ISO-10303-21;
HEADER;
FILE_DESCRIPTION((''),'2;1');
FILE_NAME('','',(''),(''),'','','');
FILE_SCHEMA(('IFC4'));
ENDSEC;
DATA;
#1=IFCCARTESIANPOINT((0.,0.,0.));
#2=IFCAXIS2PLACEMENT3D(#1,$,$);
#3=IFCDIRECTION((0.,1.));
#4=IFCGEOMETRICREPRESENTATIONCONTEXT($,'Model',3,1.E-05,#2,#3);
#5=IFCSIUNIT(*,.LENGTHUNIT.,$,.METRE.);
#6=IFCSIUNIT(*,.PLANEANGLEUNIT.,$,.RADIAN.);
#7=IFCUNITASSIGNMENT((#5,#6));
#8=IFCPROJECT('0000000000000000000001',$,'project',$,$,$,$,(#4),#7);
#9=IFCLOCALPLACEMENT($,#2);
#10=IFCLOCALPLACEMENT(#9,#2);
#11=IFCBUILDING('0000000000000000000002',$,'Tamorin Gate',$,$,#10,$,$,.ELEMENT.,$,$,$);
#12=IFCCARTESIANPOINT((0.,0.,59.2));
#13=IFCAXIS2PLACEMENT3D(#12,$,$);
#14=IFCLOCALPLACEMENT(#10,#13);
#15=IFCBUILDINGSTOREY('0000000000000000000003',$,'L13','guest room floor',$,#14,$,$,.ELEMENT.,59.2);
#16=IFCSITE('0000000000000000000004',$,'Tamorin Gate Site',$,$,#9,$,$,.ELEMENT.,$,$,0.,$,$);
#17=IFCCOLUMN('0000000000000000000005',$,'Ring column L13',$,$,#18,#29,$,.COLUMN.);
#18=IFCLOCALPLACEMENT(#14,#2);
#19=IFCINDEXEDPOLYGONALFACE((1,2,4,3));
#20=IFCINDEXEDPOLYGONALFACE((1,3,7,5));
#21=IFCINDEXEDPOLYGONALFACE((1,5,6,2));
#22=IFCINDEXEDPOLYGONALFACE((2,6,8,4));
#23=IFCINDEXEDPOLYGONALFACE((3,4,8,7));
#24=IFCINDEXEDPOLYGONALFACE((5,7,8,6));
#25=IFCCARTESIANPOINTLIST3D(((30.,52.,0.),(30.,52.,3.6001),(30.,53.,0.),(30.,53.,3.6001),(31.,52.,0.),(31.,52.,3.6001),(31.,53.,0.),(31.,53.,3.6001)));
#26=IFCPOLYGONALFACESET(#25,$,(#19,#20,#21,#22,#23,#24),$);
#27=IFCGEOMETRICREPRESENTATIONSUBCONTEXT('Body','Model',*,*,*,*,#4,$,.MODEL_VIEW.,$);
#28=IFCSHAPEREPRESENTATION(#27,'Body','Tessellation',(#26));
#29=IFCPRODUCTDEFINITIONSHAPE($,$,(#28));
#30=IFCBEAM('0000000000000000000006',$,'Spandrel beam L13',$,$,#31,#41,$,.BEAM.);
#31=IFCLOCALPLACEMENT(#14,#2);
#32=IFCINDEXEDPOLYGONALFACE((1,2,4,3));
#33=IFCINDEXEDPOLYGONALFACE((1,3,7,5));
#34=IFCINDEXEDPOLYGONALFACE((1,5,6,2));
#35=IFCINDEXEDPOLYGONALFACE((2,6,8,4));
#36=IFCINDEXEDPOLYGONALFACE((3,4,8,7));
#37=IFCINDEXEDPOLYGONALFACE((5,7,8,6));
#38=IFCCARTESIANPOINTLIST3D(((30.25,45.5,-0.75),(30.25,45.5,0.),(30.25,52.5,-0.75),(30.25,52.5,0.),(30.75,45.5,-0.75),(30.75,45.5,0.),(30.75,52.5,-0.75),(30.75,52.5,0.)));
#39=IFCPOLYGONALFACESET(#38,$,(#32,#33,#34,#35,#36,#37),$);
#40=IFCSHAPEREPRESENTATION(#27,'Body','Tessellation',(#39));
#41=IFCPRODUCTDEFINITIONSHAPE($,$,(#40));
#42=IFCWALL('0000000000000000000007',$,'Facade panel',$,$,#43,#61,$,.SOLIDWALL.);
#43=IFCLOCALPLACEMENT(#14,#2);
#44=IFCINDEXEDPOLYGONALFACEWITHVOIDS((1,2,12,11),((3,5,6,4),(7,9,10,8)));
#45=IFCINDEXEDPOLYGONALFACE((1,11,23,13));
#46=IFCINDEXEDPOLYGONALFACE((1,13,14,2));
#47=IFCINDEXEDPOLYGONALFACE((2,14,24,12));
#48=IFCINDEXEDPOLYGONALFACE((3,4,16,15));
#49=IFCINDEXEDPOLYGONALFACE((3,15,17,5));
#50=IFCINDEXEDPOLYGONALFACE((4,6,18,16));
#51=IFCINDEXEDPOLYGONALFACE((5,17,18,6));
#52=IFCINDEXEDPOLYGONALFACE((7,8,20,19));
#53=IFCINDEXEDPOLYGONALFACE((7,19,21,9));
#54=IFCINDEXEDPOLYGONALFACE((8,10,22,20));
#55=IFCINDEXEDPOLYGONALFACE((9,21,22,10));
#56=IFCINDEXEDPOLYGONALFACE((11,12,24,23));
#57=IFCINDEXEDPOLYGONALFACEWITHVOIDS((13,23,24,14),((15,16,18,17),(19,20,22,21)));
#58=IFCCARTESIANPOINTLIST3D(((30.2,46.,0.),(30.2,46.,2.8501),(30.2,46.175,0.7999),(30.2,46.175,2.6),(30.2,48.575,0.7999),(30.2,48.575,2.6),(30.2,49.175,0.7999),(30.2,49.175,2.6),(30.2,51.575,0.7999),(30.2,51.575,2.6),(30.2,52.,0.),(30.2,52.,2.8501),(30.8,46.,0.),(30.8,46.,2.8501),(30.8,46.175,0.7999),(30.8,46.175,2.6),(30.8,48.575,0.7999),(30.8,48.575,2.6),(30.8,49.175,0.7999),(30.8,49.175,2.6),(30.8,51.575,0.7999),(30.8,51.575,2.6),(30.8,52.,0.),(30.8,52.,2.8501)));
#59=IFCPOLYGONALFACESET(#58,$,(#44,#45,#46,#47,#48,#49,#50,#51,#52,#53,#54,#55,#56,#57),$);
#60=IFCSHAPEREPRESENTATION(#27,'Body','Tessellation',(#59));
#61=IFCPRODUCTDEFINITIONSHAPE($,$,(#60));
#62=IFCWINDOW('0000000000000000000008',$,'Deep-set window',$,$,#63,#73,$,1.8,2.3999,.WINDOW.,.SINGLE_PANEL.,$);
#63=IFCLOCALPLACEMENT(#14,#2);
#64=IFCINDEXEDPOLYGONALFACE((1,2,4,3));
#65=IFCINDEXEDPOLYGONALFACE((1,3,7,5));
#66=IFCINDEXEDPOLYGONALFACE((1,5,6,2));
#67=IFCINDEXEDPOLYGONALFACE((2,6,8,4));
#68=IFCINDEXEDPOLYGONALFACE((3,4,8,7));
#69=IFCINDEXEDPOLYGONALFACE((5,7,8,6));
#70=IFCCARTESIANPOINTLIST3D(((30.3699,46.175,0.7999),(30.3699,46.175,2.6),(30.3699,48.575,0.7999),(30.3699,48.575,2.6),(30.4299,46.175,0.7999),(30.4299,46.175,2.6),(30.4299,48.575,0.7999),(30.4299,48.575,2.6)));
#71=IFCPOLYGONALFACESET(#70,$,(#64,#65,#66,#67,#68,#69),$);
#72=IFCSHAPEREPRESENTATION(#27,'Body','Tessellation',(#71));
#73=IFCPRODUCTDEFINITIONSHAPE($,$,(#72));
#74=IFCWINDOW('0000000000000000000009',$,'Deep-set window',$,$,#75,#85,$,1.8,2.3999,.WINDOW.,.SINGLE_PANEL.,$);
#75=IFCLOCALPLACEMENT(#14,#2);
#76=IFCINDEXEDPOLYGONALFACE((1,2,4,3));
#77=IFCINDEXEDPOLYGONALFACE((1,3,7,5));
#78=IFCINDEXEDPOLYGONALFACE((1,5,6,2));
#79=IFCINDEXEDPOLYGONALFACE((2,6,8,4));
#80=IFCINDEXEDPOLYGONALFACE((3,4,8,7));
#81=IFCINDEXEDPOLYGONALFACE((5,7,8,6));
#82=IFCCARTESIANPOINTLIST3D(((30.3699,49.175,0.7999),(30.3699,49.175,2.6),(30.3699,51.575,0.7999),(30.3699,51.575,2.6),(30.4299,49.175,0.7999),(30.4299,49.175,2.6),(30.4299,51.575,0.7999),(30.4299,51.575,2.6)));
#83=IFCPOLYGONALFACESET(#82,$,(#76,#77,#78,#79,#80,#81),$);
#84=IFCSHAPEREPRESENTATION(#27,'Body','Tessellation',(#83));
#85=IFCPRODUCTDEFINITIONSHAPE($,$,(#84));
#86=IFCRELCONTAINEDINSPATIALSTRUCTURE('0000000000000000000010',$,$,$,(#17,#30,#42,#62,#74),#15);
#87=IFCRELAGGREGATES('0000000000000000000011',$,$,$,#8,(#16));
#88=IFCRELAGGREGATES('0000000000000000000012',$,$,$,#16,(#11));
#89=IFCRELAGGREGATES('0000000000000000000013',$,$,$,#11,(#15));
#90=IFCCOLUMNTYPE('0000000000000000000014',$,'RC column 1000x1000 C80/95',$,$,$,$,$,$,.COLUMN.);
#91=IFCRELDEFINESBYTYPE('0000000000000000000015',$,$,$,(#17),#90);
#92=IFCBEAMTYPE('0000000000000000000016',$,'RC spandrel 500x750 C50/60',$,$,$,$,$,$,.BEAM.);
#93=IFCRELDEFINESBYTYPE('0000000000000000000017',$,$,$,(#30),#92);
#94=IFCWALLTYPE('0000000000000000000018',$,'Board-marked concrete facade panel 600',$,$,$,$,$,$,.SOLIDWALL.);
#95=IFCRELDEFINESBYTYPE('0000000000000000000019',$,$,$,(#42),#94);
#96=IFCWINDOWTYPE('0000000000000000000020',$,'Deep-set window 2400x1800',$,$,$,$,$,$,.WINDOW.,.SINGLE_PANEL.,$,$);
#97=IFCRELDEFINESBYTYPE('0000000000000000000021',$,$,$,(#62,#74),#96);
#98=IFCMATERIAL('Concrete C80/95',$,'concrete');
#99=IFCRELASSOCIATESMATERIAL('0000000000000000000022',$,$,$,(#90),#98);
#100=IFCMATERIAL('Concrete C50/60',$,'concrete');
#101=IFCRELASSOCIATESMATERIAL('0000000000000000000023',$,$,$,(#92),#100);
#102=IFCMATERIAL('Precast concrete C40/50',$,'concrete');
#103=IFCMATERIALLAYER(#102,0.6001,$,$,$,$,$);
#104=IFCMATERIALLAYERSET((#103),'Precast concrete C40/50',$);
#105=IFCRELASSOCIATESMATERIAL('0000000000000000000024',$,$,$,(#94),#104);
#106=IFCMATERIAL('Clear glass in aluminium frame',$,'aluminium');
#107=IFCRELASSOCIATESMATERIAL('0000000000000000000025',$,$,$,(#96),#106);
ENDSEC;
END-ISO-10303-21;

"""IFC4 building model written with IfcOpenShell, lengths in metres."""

from ifc_helpers import new_model, si_unit, direction, frame, frame_2d, origin, origin_2d, place, context, subcontext, project, spatial, rectangle, extrude, material, layer, layer_set, material_profile, profile_set, type_object, element, fill, save


model = new_model("IFC4")

# Units and contexts
model_context = context("Model", 3, precision=1e-05, world=origin(), true_north=direction((0.0, 1.0)))
body_context = subcontext(model_context, "Body", "Model", "MODEL_VIEW")
ifc_project = project(units=[si_unit("LENGTHUNIT", "METRE"), si_unit("PLANEANGLEUNIT", "RADIAN")], contexts=[model_context])

# Site, building, storey
site_placement = place(None, origin())
site = spatial("IfcSite", under=ifc_project, at=site_placement, Name="Tamorin Gate Site", CompositionType="ELEMENT", RefElevation=0.0)
building_placement = place(site_placement, origin())
building = spatial("IfcBuilding", under=site, at=building_placement, Name="Tamorin Gate", CompositionType="ELEMENT")
storey_placement = place(building_placement, frame((0.0, 0.0, 59.2)))
storey = spatial("IfcBuildingStorey", under=building, at=storey_placement, Name="L13", Description="guest room floor", CompositionType="ELEMENT", Elevation=59.2)

# Column
ifc_material_1 = material(Name="Concrete C80/95", Category="concrete")
ifc_material_profile_1 = material_profile(ifc_material_1, rectangle(XDim=1.0, YDim=1.0, at=origin_2d()), Name="RC 1000x1000")
ifc_profile_set_1 = profile_set([ifc_material_profile_1], Name="Concrete C80/95")
column_type = type_object("IfcColumnType", Name="RC column 1000x1000 C80/95", PredefinedType="COLUMN", material=ifc_profile_set_1)
column_placement = place(storey_placement, frame((30.5, 52.5, 0.0), z_axis=(0.0, 0.0, 1.0), x_axis=(1.0, 0.0, 0.0)))
element("IfcColumn", 1, at=column_placement, inside=storey, type_object=column_type, Name="Ring column L13", PredefinedType="COLUMN", context=body_context, shape_type="SweptSolid", body=[
    extrude(rectangle(XDim=1.0, YDim=1.0, at=origin_2d()), origin(), (0.0, 0.0, 1.0), 3.6001),
])

# Beam
ifc_material_2 = material(Name="Concrete C50/60", Category="concrete")
ifc_material_profile_2 = material_profile(ifc_material_2, rectangle(XDim=0.5, YDim=0.75, at=origin_2d()), Name="RC 500x750")
ifc_profile_set_2 = profile_set([ifc_material_profile_2], Name="Concrete C50/60")
beam_type = type_object("IfcBeamType", Name="RC spandrel 500x750 C50/60", PredefinedType="BEAM", material=ifc_profile_set_2)
beam_placement = place(storey_placement, frame((30.5, 52.5, -0.375), z_axis=(0.0, -1.0, 0.0), x_axis=(1.0, 0.0, 0.0)))
element("IfcBeam", 2, at=beam_placement, inside=storey, type_object=beam_type, Name="Spandrel beam L13", PredefinedType="BEAM", context=body_context, shape_type="SweptSolid", body=[
    extrude(rectangle(XDim=0.5, YDim=0.75, at=origin_2d()), origin(), (0.0, 0.0, 1.0), 7.0),
])

# Wall, openings, windows
ifc_material_3 = material(Name="Precast concrete C40/50", Category="concrete")
ifc_layer_1 = layer(ifc_material_3, 0.6001)
ifc_layer_set_1 = layer_set([ifc_layer_1], Name="Precast concrete C40/50")
wall_type_1 = type_object("IfcWallType", Name="Board-marked concrete facade panel 600", PredefinedType="SOLIDWALL", material=ifc_layer_set_1)
wall_1_placement = place(storey_placement, frame((30.5, 52.0, 0.0), z_axis=(0.0, 0.0, 1.0), x_axis=(0.0, -1.0, 0.0)))
wall_1 = element("IfcWall", 3, at=wall_1_placement, inside=storey, type_object=wall_type_1, Name="Facade panel", PredefinedType="SOLIDWALL", context=body_context, shape_type="SweptSolid", body=[
    extrude(rectangle(XDim=6.0, YDim=0.6001, at=frame_2d((3.0, 0.0))), origin(), (0.0, 0.0, 1.0), 2.8501),
])
opening_1_placement = place(wall_1_placement, frame((3.425, 0.0, 0.8)))
opening_1 = element("IfcOpeningElement", 4, at=opening_1_placement, cuts=wall_1, PredefinedType="OPENING", context=body_context, shape_type="SweptSolid", body=[
    extrude(rectangle(XDim=2.3999, YDim=1.8, at=frame_2d((1.2, 0.8999))), frame((0.0, 0.3101, 0.0), z_axis=(0.0, -1.0, 0.0), x_axis=(1.0, 0.0, 0.0)), (0.0, 0.0, 1.0), 0.6201),
])
opening_2_placement = place(wall_1_placement, frame((0.425, 0.0, 0.8)))
opening_2 = element("IfcOpeningElement", 5, at=opening_2_placement, cuts=wall_1, PredefinedType="OPENING", context=body_context, shape_type="SweptSolid", body=[
    extrude(rectangle(XDim=2.3999, YDim=1.8, at=frame_2d((1.2, 0.8999))), frame((0.0, 0.3101, 0.0), z_axis=(0.0, -1.0, 0.0), x_axis=(1.0, 0.0, 0.0)), (0.0, 0.0, 1.0), 0.6201),
])
ifc_material_4 = material(Name="Clear glass in aluminium frame", Category="aluminium")
window_type = type_object("IfcWindowType", Name="Deep-set window 2400x1800", PartitioningType="SINGLE_PANEL", PredefinedType="WINDOW", material=ifc_material_4)
window_1_placement = place(opening_1_placement, origin())
window_1 = element("IfcWindow", 6, at=window_1_placement, inside=storey, type_object=window_type, Name="Deep-set window", OverallHeight=1.8, OverallWidth=2.3999, PartitioningType="SINGLE_PANEL", PredefinedType="WINDOW", context=body_context, shape_type="SweptSolid", body=[
    extrude(rectangle(XDim=2.3999, YDim=1.8, at=frame_2d((1.2, 0.8999))), frame((0.0, -0.0701, 0.0), z_axis=(0.0, -1.0, 0.0), x_axis=(1.0, 0.0, 0.0)), (0.0, 0.0, 1.0), 0.0601),
])
fill(opening_1, window_1)
window_2_placement = place(opening_2_placement, origin())
window_2 = element("IfcWindow", 7, at=window_2_placement, inside=storey, type_object=window_type, Name="Deep-set window", OverallHeight=1.8, OverallWidth=2.3999, PartitioningType="SINGLE_PANEL", PredefinedType="WINDOW", context=body_context, shape_type="SweptSolid", body=[
    extrude(rectangle(XDim=2.3999, YDim=1.8, at=frame_2d((1.2, 0.8999))), frame((0.0, -0.0701, 0.0), z_axis=(0.0, -1.0, 0.0), x_axis=(1.0, 0.0, 0.0)), (0.0, 0.0, 1.0), 0.0601),
])
fill(opening_2, window_2)

save(model, "model.ifc")
